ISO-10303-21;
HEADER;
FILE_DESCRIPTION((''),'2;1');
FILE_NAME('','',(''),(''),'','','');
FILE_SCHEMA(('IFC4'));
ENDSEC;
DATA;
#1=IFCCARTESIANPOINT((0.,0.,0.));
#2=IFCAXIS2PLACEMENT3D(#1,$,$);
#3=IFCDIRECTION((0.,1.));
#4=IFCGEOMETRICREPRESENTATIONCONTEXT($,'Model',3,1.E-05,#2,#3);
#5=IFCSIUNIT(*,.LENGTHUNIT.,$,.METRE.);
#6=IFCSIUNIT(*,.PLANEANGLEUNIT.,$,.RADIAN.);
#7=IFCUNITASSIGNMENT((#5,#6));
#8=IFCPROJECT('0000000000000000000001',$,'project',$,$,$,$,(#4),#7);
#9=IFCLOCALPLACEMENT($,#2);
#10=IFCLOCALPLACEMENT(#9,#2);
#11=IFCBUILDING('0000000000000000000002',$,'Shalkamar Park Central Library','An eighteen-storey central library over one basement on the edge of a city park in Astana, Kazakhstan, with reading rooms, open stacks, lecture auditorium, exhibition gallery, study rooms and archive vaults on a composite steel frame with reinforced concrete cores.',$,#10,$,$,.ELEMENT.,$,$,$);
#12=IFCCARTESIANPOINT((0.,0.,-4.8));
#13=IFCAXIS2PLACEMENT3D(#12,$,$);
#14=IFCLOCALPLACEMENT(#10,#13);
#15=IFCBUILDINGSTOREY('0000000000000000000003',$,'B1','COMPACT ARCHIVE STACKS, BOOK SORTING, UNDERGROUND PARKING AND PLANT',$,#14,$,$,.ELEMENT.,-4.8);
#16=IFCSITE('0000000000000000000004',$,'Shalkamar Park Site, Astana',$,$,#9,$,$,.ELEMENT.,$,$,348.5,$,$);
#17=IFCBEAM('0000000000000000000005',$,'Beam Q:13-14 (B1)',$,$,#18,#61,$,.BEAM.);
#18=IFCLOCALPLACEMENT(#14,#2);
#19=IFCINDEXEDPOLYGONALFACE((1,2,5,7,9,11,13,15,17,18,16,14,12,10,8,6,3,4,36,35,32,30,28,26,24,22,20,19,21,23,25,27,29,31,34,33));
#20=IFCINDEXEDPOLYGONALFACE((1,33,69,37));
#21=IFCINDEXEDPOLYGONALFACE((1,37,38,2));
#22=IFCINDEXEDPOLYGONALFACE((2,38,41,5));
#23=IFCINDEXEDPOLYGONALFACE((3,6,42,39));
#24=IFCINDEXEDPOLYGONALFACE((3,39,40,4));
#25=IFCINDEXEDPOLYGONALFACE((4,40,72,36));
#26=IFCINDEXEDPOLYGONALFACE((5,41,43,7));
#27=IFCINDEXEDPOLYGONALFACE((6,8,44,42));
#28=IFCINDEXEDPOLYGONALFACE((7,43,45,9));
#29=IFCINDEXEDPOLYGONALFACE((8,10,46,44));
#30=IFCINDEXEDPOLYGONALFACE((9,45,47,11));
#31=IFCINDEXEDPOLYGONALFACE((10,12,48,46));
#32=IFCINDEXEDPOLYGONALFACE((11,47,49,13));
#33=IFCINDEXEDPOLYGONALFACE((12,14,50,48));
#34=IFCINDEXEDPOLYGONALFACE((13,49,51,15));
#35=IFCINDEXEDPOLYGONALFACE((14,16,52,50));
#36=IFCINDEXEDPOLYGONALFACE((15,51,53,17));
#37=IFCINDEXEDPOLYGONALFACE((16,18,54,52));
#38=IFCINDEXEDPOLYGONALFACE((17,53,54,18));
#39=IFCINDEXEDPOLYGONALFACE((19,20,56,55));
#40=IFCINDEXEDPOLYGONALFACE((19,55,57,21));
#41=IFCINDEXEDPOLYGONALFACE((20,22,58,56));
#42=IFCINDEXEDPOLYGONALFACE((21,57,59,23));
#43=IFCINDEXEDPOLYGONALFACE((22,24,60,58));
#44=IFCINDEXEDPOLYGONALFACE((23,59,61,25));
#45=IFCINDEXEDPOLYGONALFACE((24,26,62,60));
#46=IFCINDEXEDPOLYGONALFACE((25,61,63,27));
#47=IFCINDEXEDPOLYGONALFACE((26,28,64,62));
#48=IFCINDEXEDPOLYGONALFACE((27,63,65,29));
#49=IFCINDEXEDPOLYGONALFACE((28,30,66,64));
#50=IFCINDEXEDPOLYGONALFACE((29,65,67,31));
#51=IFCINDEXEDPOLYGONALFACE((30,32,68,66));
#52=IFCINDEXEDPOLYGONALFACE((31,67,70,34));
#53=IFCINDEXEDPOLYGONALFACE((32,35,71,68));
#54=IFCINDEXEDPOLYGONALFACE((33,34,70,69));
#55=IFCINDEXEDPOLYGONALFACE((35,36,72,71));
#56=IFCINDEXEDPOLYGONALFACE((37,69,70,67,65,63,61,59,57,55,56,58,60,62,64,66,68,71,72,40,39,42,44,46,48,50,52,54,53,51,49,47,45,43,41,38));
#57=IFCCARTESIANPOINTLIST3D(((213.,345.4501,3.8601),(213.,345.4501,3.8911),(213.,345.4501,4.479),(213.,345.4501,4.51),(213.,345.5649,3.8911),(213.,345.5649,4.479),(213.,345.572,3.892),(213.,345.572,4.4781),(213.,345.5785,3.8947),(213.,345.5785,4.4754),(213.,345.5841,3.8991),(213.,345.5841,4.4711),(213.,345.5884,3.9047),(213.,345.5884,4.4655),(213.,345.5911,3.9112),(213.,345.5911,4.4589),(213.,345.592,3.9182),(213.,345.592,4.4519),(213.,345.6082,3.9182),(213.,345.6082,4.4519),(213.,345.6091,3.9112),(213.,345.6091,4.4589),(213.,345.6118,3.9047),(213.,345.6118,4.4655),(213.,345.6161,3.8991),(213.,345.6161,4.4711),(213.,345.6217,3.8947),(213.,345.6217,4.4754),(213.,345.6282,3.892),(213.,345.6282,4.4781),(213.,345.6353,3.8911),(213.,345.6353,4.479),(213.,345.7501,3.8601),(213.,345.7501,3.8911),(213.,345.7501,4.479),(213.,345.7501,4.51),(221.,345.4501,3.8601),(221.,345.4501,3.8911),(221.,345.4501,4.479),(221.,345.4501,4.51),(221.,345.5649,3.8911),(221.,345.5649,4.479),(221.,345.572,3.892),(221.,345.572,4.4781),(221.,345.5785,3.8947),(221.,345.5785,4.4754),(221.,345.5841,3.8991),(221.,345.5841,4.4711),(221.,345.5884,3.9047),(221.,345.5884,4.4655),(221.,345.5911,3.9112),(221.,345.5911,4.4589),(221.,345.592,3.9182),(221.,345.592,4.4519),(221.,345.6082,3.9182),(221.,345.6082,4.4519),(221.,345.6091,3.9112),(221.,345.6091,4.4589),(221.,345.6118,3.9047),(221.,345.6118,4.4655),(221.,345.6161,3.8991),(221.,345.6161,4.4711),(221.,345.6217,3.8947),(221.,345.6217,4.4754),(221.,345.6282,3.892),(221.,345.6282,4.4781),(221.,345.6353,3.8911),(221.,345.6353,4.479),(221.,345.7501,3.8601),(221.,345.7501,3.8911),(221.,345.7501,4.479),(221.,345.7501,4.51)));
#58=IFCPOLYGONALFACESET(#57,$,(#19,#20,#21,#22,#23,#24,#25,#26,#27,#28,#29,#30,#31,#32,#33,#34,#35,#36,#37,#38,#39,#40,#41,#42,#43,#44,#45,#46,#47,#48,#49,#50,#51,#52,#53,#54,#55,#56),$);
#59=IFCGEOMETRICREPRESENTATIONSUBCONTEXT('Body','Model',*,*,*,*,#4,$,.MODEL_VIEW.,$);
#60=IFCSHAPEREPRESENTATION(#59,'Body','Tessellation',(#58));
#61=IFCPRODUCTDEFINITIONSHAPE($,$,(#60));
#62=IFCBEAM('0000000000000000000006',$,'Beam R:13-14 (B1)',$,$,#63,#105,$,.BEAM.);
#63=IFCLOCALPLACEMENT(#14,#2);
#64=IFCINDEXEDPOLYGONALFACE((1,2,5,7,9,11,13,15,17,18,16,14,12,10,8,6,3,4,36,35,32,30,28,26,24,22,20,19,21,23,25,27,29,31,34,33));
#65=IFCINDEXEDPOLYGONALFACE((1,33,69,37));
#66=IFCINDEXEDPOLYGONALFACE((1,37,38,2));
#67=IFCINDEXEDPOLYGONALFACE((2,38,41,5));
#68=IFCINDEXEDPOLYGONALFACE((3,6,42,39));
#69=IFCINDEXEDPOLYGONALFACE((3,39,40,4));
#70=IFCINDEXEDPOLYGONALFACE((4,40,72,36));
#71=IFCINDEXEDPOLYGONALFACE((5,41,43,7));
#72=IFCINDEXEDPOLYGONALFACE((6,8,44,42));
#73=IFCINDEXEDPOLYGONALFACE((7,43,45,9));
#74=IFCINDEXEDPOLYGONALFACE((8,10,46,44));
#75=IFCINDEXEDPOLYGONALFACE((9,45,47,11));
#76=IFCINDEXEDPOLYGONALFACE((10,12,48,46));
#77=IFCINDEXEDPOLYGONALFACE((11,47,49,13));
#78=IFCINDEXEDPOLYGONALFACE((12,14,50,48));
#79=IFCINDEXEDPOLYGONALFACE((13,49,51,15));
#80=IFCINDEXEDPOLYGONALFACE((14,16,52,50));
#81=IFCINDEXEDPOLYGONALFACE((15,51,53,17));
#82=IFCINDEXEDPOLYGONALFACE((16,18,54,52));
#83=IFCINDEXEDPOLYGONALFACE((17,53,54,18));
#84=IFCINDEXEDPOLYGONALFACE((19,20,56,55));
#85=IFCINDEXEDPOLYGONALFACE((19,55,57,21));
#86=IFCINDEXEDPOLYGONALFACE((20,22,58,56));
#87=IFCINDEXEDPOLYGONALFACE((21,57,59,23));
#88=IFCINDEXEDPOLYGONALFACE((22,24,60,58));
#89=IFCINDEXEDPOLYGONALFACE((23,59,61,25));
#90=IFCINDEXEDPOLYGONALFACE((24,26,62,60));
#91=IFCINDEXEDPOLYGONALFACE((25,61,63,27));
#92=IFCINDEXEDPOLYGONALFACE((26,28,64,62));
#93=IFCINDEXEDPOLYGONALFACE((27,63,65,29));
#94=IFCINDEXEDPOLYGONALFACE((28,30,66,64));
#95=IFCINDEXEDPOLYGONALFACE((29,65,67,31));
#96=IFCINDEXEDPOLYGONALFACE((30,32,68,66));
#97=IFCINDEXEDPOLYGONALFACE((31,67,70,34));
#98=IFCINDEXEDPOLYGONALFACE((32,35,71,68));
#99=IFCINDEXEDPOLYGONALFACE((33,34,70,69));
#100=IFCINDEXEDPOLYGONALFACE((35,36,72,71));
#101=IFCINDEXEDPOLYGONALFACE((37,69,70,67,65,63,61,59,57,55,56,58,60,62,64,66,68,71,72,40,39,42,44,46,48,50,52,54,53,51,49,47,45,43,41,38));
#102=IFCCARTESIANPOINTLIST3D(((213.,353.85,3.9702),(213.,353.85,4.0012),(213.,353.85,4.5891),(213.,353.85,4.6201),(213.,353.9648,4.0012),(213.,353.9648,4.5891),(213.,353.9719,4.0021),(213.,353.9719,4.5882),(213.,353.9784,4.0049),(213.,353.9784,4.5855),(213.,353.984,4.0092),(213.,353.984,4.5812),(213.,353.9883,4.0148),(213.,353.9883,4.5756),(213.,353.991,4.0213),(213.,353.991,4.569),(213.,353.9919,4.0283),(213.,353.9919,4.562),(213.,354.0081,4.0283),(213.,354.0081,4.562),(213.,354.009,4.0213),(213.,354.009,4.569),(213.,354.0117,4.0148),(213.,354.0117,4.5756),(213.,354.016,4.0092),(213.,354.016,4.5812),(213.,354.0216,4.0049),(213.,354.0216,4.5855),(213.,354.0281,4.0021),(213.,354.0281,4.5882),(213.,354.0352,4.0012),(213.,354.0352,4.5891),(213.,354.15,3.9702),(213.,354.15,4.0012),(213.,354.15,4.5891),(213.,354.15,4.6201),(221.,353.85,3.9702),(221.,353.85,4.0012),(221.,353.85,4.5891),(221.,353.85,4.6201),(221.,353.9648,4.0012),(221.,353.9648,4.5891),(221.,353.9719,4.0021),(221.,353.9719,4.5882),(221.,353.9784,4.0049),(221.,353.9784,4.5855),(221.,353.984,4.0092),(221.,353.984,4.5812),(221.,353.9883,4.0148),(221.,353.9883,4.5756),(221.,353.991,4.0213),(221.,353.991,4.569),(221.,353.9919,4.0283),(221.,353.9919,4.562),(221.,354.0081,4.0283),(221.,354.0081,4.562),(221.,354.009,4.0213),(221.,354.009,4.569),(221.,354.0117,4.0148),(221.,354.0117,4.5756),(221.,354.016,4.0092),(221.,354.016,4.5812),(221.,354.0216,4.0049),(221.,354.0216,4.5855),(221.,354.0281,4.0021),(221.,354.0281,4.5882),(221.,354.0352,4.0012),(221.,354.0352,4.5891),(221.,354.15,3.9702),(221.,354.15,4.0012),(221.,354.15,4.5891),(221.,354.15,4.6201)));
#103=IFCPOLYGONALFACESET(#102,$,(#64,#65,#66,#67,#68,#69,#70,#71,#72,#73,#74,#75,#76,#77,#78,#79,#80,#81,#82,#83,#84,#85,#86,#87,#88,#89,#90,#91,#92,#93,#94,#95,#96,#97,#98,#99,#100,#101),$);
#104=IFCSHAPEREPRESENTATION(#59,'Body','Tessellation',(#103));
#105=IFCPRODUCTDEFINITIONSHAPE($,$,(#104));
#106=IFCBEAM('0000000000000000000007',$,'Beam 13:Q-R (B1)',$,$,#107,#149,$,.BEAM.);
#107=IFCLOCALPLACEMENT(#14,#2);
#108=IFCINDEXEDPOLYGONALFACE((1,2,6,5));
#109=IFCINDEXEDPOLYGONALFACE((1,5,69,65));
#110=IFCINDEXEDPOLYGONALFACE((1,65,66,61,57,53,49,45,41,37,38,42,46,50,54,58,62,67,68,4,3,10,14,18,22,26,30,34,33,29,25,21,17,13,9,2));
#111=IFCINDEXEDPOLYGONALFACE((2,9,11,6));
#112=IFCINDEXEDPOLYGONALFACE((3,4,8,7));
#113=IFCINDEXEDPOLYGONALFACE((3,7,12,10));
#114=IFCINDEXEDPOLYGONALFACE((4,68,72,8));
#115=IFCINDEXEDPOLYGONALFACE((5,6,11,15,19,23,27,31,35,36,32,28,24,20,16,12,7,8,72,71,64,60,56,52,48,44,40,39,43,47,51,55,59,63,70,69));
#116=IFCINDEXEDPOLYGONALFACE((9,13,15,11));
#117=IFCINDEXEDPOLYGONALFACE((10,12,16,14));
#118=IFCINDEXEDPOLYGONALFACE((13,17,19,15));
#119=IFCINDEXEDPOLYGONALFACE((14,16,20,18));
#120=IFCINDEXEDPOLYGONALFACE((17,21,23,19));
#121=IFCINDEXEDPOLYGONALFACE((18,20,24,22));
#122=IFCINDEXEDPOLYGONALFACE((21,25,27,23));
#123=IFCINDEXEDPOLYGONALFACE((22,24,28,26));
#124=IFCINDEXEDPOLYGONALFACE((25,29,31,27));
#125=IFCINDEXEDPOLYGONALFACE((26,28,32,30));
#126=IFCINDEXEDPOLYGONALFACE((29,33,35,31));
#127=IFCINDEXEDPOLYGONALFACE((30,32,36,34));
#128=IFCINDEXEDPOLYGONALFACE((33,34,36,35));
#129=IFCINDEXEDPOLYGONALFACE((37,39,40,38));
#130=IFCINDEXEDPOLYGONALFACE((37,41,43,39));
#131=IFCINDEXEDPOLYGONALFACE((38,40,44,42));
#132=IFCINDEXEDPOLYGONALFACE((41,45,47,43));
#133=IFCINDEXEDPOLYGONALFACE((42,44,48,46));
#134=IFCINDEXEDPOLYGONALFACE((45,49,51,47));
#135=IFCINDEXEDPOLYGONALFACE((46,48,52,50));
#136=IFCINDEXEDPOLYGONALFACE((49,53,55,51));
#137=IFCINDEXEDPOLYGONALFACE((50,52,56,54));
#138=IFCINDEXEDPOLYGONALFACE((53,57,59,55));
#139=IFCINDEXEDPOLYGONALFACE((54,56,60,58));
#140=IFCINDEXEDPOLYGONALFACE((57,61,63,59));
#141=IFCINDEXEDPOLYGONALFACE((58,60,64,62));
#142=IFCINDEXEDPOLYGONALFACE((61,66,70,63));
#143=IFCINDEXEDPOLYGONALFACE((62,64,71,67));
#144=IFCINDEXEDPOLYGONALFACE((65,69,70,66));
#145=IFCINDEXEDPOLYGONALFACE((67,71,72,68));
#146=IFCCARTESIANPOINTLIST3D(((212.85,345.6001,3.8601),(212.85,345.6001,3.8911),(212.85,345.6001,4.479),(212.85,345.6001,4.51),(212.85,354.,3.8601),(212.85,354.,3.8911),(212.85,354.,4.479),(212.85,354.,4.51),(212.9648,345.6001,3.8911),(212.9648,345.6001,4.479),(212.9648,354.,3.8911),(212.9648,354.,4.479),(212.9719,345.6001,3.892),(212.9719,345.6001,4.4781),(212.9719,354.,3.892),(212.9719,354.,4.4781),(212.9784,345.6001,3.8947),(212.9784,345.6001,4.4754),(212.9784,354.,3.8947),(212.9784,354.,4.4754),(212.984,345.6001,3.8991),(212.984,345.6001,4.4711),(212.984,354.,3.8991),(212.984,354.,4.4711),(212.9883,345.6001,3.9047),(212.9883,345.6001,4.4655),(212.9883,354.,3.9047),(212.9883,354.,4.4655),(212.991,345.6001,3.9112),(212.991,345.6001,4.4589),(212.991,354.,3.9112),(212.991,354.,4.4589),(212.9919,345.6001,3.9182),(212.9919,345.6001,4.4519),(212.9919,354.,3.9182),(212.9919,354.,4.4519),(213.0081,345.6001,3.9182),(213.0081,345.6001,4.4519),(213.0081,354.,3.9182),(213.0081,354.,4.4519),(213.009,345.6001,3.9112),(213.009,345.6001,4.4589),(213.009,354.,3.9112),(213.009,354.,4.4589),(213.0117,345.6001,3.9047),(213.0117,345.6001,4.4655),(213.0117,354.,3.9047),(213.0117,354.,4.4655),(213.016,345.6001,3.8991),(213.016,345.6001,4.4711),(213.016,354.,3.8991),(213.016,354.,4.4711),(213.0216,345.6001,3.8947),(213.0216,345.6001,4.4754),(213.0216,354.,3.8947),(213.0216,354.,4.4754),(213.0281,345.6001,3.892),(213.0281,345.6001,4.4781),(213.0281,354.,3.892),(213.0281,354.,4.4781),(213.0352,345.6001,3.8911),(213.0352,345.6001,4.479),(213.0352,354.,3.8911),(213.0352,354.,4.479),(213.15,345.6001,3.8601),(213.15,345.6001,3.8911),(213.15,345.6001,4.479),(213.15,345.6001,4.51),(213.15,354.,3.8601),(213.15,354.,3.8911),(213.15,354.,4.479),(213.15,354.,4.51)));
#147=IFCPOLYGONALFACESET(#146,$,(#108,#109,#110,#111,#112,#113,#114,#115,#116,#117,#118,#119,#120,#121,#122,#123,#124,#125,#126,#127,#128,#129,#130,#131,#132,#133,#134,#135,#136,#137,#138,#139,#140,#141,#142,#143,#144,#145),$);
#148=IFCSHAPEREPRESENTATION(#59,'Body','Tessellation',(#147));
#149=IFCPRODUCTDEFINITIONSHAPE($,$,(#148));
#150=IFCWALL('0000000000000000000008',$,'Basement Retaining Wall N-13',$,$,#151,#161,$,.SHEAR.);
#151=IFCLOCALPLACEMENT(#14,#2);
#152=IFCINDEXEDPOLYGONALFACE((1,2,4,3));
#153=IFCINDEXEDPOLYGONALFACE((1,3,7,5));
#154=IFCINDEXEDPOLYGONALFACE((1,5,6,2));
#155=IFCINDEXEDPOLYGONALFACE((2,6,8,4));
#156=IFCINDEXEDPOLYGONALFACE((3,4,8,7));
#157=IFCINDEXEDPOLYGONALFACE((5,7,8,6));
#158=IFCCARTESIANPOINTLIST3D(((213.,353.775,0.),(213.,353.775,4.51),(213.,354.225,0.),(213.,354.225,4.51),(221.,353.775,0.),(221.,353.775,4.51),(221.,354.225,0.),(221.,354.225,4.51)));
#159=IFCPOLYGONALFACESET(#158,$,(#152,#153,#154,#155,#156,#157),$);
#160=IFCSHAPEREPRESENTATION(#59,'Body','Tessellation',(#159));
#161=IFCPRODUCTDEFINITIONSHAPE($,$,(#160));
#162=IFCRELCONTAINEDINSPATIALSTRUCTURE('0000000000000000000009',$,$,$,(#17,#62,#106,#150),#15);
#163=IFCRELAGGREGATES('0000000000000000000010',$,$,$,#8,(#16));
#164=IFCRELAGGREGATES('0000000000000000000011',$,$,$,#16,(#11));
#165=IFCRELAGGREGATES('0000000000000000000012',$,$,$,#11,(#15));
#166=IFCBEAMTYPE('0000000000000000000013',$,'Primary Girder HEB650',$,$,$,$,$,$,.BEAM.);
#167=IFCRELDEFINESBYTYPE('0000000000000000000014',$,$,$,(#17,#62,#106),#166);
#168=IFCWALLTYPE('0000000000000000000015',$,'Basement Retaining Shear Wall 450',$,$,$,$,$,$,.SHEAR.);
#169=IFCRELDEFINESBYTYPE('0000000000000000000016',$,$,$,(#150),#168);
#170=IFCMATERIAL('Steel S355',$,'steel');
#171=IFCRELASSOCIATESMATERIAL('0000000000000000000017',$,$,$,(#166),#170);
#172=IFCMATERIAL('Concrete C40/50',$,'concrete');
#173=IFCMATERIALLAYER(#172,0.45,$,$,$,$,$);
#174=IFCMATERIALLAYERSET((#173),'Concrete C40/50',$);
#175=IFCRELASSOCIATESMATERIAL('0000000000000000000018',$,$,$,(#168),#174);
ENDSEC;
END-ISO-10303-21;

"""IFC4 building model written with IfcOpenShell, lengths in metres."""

from ifc_helpers import new_model, si_unit, direction, frame, frame_2d, origin, origin_2d, place, context, subcontext, project, spatial, rectangle, i_section, extrude, material, layer, layer_set, material_profile, profile_set, type_object, element, save


model = new_model("IFC4")

# Units and contexts
model_context = context("Model", 3, precision=1e-05, world=origin(), true_north=direction((0.0, 1.0)))
body_context = subcontext(model_context, "Body", "Model", "MODEL_VIEW")
ifc_project = project(units=[si_unit("LENGTHUNIT", "METRE"), si_unit("PLANEANGLEUNIT", "RADIAN")], contexts=[model_context])

# Site, building, storey
site_placement = place(None, origin())
site = spatial("IfcSite", under=ifc_project, at=site_placement, Name="Shalkamar Park Site, Astana", CompositionType="ELEMENT", RefElevation=348.5)
building_placement = place(site_placement, origin())
building = spatial("IfcBuilding", under=site, at=building_placement, Name="Shalkamar Park Central Library", Description="An eighteen-storey central library over one basement on the edge of a city park in Astana, Kazakhstan, with reading rooms, open stacks, lecture auditorium, exhibition gallery, study rooms and archive vaults on a composite steel frame with reinforced concrete cores.", CompositionType="ELEMENT")
storey_placement = place(building_placement, frame((0.0, 0.0, -4.8)))
storey = spatial("IfcBuildingStorey", under=building, at=storey_placement, Name="B1", Description="COMPACT ARCHIVE STACKS, BOOK SORTING, UNDERGROUND PARKING AND PLANT", CompositionType="ELEMENT", Elevation=-4.8)

# Shared definitions
ifc_material_1 = material(Name="Concrete C40/50", Category="concrete")
ifc_material_2 = material(Name="Steel S355", Category="steel")

# Beams
ifc_material_profile_1 = material_profile(ifc_material_2, i_section(OverallWidth=0.3, OverallDepth=0.6499, WebThickness=0.0161, FlangeThickness=0.031, FilletRadius=0.0271, at=origin_2d()), Name="HEB 650")
ifc_profile_set_1 = profile_set([ifc_material_profile_1], Name="Steel S355")
beam_type_1 = type_object("IfcBeamType", Name="Primary Girder HEB650", PredefinedType="BEAM", material=ifc_profile_set_1)
for number, where, z_axis, x_axis, name in (
    (1, (213.0, 345.6001, 4.1851), (1.0, 0.0, 0.0), (0.0, 1.0, 0.0), "Beam Q:13-14 (B1)"),
    (2, (213.0, 354.0, 4.2952), (1.0, 0.0, 0.0), (0.0, 1.0, 0.0), "Beam R:13-14 (B1)"),
):
    element("IfcBeam", number, at=place(storey_placement, frame(where, z_axis=z_axis, x_axis=x_axis)), inside=storey, type_object=beam_type_1, Name=name, PredefinedType="BEAM", context=body_context, shape_type="SweptSolid", body=[
        extrude(i_section(OverallWidth=0.3, OverallDepth=0.6499, WebThickness=0.0161, FlangeThickness=0.031, FilletRadius=0.0271, at=origin_2d()), origin(), (0.0, 0.0, 1.0), 8.0),
    ])
beam_1_placement = place(storey_placement, frame((213.0, 345.6001, 4.1851), z_axis=(0.0, 1.0, 0.0), x_axis=(-1.0, 0.0, 0.0)))
element("IfcBeam", 3, at=beam_1_placement, inside=storey, type_object=beam_type_1, Name="Beam 13:Q-R (B1)", PredefinedType="BEAM", context=body_context, shape_type="SweptSolid", body=[
    extrude(i_section(OverallWidth=0.3, OverallDepth=0.6499, WebThickness=0.0161, FlangeThickness=0.031, FilletRadius=0.0271, at=origin_2d()), origin(), (0.0, 0.0, 1.0), 8.3999),
])

# Wall
ifc_layer = layer(ifc_material_1, 0.45)
ifc_layer_set = layer_set([ifc_layer], Name="Concrete C40/50")
wall_type = type_object("IfcWallType", Name="Basement Retaining Shear Wall 450", PredefinedType="SHEAR", material=ifc_layer_set)
wall_placement = place(storey_placement, frame((213.0, 354.0, 0.0), z_axis=(0.0, 0.0, 1.0), x_axis=(1.0, 0.0, 0.0)))
element("IfcWall", 4, at=wall_placement, inside=storey, type_object=wall_type, Name="Basement Retaining Wall N-13", PredefinedType="SHEAR", context=body_context, shape_type="SweptSolid", body=[
    extrude(rectangle(XDim=8.0, YDim=0.45, at=frame_2d((4.0, 0.0))), origin(), (0.0, 0.0, 1.0), 4.51),
])

save(model, "model.ifc")
